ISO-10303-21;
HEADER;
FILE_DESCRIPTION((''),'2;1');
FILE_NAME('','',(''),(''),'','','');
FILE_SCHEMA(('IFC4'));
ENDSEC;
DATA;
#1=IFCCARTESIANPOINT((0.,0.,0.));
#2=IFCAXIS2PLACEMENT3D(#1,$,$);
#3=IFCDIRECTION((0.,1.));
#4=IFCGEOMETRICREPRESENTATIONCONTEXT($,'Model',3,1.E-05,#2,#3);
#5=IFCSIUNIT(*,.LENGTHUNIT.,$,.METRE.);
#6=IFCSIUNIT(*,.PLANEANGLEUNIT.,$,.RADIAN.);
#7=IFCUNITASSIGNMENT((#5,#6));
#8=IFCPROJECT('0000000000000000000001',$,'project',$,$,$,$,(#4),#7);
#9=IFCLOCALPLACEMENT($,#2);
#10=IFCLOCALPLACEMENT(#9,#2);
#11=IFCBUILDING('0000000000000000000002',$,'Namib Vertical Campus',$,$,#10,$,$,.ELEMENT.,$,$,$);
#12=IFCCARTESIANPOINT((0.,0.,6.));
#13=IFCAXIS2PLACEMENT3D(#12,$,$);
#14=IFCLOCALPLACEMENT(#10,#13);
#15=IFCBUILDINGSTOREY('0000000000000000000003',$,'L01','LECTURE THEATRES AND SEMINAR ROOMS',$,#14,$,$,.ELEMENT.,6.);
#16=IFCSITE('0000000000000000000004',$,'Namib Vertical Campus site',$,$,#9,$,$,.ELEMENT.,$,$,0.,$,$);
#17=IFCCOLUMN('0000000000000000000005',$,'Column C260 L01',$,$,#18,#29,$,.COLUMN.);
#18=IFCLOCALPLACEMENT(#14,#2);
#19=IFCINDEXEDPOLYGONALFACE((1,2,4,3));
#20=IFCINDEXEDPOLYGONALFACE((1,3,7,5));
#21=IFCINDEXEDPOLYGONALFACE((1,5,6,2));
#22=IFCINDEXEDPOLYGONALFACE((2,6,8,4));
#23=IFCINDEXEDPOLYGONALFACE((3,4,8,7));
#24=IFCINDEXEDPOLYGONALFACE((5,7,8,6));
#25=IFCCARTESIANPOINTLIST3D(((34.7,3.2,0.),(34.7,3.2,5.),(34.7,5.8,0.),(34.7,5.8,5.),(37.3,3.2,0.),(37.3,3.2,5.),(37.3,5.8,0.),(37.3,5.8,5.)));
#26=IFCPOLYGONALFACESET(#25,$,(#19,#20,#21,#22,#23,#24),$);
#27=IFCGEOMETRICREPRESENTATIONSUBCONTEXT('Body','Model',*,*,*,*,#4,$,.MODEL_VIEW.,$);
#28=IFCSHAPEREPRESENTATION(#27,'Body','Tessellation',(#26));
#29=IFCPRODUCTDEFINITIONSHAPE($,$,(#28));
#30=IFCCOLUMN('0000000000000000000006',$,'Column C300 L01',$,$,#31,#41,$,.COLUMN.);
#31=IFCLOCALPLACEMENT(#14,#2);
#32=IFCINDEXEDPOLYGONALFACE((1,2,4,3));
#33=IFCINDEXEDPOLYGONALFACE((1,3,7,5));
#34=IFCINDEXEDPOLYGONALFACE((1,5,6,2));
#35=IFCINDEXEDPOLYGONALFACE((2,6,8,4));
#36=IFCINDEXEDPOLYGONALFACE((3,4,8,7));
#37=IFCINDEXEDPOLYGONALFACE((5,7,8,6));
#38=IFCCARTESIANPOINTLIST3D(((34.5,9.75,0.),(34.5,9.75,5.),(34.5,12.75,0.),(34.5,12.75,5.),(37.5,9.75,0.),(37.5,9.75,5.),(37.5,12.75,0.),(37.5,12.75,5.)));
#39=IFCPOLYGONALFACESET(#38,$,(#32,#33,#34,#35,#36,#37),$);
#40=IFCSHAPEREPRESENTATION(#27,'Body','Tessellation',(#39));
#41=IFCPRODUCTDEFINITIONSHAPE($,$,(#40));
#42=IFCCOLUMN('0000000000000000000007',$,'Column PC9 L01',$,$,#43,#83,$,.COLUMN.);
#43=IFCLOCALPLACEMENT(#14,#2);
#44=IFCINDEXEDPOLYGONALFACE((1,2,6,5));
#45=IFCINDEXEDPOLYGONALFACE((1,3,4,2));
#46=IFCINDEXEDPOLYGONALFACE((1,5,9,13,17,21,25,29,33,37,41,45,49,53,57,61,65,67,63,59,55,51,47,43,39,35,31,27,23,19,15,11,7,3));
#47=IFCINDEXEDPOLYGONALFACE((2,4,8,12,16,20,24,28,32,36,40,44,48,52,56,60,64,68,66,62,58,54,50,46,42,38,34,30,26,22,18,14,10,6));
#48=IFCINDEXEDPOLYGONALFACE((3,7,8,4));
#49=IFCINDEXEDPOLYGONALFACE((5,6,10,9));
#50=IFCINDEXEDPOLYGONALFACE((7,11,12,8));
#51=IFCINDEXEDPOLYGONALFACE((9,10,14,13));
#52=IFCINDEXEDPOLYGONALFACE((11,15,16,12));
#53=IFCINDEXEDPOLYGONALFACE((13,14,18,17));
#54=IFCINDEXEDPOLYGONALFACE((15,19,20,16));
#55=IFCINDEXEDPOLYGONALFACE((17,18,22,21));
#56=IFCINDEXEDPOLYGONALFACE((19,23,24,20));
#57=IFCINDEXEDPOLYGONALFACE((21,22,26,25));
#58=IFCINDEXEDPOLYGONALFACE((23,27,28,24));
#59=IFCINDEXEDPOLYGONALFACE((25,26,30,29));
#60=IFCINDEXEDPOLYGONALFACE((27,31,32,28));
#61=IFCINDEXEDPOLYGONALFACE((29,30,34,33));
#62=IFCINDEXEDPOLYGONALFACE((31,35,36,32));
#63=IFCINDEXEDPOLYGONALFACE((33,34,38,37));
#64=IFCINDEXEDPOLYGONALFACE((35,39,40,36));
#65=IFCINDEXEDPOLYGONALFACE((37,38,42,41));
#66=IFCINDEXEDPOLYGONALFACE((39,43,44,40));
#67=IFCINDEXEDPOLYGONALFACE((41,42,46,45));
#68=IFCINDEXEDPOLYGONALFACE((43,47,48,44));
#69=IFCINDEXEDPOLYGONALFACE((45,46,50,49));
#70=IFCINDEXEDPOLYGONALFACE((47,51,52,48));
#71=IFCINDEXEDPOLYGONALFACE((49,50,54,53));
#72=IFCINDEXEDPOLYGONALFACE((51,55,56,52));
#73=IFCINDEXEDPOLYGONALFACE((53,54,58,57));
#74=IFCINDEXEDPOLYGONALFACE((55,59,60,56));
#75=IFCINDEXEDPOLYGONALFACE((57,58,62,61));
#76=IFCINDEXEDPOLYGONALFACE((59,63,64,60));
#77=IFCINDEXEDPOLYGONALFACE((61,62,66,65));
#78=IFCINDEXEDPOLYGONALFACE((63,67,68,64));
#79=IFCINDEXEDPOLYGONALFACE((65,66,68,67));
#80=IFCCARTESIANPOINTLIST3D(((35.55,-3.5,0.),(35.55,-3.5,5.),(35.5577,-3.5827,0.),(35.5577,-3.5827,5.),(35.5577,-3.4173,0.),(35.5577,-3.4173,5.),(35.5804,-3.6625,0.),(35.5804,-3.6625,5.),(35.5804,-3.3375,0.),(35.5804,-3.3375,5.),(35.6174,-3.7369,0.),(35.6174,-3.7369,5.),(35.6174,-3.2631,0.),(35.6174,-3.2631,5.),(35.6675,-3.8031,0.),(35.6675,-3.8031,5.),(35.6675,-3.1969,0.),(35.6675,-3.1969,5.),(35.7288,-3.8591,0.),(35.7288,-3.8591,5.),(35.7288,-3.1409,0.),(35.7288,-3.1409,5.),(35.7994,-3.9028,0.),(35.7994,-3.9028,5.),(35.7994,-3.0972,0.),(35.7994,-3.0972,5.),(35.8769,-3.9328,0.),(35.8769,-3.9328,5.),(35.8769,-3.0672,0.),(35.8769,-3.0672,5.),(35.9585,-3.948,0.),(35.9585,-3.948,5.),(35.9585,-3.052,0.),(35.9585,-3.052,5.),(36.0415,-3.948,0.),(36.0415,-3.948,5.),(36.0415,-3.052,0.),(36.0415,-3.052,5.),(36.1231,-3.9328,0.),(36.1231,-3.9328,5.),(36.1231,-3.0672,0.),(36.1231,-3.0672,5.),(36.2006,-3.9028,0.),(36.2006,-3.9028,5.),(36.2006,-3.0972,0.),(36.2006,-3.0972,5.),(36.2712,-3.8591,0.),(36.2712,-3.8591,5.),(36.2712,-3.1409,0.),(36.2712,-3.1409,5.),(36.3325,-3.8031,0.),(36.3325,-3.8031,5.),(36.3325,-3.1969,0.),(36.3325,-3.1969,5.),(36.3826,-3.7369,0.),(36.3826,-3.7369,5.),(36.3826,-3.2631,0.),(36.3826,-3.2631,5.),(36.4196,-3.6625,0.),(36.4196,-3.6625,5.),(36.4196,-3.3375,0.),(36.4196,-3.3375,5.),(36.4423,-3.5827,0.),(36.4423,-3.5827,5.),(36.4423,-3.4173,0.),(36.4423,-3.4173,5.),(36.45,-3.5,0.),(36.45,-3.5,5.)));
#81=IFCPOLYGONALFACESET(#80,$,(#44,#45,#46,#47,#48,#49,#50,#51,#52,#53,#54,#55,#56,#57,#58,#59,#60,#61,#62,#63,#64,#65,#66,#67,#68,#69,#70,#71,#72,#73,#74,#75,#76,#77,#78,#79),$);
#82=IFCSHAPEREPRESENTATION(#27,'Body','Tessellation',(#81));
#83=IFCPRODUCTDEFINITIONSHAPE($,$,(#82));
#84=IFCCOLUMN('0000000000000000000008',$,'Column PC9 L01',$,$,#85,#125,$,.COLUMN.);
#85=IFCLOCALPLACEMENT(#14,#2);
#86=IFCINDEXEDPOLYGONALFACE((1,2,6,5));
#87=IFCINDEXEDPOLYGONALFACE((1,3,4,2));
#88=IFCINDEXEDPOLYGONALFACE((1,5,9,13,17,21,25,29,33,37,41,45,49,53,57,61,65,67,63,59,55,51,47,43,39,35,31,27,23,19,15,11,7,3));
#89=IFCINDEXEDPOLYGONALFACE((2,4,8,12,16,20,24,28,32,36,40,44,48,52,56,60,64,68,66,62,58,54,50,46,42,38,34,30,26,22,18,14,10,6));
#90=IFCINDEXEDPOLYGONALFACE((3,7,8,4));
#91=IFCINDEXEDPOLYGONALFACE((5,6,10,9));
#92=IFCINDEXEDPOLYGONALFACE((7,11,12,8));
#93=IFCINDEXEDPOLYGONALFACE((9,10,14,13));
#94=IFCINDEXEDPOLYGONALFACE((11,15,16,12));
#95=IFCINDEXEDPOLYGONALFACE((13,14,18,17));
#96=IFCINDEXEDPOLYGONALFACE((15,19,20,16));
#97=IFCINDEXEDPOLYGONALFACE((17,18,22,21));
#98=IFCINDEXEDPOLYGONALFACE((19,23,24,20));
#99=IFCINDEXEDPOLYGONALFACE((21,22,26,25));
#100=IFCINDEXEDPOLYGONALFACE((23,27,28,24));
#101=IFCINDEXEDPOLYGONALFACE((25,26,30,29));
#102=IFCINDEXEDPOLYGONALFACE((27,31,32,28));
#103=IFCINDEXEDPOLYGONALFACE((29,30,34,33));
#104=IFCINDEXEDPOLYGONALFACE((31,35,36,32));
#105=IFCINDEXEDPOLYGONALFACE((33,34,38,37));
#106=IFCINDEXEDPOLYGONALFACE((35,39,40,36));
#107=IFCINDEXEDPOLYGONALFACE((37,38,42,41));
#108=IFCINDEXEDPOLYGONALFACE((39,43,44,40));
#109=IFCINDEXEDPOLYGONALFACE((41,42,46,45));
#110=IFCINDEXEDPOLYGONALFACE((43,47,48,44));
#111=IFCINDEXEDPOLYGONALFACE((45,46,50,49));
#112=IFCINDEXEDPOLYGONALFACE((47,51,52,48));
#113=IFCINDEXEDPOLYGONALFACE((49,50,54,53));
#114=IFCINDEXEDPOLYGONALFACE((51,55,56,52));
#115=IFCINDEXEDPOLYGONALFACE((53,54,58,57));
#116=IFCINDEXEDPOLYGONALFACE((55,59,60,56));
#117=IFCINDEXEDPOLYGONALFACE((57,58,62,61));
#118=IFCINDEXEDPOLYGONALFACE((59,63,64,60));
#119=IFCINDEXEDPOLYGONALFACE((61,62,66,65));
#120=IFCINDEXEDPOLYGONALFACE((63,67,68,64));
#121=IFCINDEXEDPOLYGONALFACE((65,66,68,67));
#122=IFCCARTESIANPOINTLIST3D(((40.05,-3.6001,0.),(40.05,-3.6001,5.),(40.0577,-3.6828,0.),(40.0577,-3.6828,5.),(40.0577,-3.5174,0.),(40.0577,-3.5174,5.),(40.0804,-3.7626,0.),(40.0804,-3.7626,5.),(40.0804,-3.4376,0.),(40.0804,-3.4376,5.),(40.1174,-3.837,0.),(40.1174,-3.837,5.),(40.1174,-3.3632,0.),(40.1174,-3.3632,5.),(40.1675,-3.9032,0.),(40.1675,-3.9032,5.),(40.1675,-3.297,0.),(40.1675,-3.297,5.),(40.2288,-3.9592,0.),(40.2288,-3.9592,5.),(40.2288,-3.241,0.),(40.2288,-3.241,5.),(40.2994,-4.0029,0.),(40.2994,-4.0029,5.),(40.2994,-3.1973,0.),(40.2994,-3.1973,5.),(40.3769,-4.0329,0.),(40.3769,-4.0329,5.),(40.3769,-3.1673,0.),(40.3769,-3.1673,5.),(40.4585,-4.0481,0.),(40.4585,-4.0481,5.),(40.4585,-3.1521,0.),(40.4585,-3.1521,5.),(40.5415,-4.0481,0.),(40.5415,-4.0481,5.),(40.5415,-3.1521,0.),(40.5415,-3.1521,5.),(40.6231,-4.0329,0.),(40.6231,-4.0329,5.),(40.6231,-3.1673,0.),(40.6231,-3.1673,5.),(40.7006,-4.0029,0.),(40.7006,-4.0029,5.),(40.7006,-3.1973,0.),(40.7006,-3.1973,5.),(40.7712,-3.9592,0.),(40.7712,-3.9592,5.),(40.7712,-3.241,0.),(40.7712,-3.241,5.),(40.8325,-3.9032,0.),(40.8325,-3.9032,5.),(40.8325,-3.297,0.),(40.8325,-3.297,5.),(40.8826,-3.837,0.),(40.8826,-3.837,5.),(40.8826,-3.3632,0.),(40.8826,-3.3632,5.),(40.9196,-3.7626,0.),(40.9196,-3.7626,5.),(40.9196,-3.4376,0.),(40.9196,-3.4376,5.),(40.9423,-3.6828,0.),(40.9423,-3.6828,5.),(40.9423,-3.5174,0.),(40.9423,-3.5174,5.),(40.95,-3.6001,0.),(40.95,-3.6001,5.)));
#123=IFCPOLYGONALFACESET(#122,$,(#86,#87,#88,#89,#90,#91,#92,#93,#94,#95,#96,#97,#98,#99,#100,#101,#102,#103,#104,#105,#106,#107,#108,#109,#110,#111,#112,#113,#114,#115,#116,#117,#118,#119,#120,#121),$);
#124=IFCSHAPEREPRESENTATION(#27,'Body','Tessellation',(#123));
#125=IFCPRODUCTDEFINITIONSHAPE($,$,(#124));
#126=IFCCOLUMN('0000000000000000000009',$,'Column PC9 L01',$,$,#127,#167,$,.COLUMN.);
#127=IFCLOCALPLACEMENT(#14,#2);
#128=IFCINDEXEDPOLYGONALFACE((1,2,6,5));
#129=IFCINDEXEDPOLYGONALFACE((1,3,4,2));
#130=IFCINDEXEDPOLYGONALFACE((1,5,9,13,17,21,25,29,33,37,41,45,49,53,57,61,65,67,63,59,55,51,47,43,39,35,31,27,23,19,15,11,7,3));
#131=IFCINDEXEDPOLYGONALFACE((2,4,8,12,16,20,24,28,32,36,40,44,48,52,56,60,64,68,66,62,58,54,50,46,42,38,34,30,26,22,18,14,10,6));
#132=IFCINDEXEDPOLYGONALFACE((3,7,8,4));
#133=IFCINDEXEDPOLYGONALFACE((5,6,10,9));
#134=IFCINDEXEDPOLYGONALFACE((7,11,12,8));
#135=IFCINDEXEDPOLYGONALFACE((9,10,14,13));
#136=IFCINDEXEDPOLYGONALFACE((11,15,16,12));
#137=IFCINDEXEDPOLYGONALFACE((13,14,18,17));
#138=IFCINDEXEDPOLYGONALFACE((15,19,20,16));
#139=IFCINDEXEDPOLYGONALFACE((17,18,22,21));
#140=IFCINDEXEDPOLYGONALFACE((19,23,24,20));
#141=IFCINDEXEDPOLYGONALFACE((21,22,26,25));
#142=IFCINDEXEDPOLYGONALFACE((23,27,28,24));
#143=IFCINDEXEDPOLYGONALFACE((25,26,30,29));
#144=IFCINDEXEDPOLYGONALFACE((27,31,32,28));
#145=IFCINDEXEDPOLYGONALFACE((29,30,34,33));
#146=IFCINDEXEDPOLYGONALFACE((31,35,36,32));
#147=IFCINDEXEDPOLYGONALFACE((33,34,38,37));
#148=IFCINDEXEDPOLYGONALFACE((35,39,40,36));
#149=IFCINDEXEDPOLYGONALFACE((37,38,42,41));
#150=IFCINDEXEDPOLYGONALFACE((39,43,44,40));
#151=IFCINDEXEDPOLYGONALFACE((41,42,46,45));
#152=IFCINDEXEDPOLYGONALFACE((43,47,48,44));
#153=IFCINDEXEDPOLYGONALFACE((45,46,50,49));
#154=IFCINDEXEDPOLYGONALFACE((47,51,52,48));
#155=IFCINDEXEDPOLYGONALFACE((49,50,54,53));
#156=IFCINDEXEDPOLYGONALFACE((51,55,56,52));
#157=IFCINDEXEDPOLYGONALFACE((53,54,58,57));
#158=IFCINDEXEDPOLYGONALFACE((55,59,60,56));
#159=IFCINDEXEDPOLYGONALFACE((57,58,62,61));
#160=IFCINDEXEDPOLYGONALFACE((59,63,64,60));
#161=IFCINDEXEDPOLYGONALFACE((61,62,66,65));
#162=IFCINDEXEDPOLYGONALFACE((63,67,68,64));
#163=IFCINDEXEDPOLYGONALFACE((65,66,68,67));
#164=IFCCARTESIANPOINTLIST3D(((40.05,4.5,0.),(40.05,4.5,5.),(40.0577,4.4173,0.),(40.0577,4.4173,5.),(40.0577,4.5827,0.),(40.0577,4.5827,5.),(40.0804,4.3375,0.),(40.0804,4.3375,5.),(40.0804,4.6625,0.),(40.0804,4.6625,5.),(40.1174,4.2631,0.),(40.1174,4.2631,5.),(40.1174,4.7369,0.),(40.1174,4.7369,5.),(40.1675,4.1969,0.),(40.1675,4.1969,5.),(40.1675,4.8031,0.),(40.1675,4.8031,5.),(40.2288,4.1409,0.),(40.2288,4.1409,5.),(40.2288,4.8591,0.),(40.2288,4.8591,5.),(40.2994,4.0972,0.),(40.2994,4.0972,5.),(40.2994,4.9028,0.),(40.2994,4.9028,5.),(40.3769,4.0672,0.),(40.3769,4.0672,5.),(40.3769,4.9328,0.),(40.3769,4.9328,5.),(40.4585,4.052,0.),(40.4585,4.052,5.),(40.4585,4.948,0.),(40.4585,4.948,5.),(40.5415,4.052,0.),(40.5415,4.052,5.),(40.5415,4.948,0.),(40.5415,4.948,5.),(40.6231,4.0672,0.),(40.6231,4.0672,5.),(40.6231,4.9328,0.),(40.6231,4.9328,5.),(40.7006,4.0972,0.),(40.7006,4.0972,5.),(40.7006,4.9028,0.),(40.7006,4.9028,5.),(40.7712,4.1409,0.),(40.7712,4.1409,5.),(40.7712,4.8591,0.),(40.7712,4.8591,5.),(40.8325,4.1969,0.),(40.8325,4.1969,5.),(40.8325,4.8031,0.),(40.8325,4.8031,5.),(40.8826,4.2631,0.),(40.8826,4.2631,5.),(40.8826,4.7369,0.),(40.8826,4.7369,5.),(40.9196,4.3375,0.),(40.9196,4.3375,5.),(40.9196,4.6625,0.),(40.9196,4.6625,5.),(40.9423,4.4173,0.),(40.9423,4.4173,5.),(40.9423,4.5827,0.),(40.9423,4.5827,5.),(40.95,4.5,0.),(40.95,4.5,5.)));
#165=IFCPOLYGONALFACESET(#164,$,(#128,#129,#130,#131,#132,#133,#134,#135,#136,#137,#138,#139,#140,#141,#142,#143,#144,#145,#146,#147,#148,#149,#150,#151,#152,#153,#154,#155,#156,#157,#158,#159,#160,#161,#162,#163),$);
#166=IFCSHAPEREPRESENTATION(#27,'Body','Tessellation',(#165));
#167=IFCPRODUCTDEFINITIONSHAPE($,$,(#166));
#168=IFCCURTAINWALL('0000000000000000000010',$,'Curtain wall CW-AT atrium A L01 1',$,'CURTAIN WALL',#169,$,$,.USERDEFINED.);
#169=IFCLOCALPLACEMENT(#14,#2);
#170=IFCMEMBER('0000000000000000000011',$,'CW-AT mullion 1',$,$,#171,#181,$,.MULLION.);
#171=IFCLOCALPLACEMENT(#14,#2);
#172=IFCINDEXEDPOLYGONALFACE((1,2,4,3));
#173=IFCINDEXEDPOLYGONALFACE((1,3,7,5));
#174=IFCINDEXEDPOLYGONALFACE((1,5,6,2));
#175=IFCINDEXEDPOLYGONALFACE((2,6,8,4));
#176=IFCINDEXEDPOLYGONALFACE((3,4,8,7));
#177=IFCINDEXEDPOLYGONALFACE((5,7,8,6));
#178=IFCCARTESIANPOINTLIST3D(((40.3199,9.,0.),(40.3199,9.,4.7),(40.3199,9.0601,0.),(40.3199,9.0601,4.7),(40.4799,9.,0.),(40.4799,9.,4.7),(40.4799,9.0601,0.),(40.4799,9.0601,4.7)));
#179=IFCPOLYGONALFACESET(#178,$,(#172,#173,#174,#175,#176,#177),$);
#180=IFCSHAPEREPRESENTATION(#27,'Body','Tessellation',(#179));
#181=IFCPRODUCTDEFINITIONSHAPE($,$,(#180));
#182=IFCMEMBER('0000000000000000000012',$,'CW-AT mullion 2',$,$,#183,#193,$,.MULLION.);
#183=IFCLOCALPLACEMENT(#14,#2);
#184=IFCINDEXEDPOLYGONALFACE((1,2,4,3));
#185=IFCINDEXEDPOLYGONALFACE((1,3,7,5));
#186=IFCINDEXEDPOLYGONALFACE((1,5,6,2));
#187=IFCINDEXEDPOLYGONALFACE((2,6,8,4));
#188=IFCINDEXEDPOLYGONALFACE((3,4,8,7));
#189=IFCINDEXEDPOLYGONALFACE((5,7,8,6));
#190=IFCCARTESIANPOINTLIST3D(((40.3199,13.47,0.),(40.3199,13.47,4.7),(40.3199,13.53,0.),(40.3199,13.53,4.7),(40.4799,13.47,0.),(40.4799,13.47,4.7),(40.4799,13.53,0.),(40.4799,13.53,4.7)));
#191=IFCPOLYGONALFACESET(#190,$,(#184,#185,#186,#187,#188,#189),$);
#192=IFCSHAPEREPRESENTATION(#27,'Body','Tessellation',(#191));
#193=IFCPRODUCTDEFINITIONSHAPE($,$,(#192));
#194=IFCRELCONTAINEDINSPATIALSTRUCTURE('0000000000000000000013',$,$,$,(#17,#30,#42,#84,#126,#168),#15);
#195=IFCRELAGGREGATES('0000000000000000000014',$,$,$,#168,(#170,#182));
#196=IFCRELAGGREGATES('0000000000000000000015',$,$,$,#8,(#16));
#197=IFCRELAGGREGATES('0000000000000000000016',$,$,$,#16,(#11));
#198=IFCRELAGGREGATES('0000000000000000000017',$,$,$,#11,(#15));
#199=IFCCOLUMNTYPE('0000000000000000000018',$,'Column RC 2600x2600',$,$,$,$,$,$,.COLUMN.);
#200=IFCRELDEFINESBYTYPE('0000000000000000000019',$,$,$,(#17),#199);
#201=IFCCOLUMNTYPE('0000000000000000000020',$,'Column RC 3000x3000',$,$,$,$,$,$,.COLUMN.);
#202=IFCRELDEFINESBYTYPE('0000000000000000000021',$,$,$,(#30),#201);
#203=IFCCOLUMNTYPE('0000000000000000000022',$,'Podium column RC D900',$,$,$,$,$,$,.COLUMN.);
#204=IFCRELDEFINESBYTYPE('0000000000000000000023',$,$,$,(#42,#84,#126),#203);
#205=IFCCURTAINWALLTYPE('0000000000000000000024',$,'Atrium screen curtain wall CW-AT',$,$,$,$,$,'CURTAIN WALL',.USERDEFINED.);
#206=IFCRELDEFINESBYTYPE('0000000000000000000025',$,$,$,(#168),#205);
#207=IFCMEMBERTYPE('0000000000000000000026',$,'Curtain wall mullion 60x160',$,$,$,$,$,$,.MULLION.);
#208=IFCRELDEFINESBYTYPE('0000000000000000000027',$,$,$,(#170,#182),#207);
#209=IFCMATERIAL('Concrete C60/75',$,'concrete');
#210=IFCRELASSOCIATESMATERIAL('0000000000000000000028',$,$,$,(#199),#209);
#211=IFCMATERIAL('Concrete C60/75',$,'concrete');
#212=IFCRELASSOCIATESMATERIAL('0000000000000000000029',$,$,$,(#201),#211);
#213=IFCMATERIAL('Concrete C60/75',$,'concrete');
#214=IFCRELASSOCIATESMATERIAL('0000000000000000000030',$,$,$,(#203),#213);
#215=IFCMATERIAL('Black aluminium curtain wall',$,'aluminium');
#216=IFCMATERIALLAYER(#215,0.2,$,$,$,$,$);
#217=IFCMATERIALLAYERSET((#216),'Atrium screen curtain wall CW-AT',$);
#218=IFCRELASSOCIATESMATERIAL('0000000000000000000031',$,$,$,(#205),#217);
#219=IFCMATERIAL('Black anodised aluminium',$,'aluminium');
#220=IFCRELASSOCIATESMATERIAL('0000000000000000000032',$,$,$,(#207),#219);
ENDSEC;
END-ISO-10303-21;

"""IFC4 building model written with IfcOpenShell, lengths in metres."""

from ifc_helpers import new_model, si_unit, direction, frame, origin, origin_2d, place, context, subcontext, project, spatial, rectangle, circle, extrude, material, layer, layer_set, material_profile, profile_set, type_object, element, aggregate, save


model = new_model("IFC4")

# Units and contexts
model_context = context("Model", 3, precision=1e-05, world=origin(), true_north=direction((0.0, 1.0)))
body_context = subcontext(model_context, "Body", "Model", "MODEL_VIEW")
ifc_project = project(units=[si_unit("LENGTHUNIT", "METRE"), si_unit("PLANEANGLEUNIT", "RADIAN")], contexts=[model_context])

# Site, building, storey
site_placement = place(None, origin())
site = spatial("IfcSite", under=ifc_project, at=site_placement, Name="Namib Vertical Campus site", CompositionType="ELEMENT", RefElevation=0.0)
building_placement = place(site_placement, origin())
building = spatial("IfcBuilding", under=site, at=building_placement, Name="Namib Vertical Campus", CompositionType="ELEMENT")
storey_placement = place(building_placement, frame((0.0, 0.0, 6.0)))
storey = spatial("IfcBuildingStorey", under=building, at=storey_placement, Name="L01", Description="LECTURE THEATRES AND SEMINAR ROOMS", CompositionType="ELEMENT", Elevation=6.0)

# Columns
ifc_material_1 = material(Name="Concrete C60/75", Category="concrete")
ifc_material_profile_1 = material_profile(ifc_material_1, rectangle(XDim=2.6001, YDim=2.6001, at=origin_2d()))
ifc_profile_set_1 = profile_set([ifc_material_profile_1], Name="Concrete C60/75")
column_type_1 = type_object("IfcColumnType", Name="Column RC 2600x2600", PredefinedType="COLUMN", material=ifc_profile_set_1)
column_1_placement = place(storey_placement, frame((36.0, 4.5, 0.0), z_axis=(0.0, 0.0, 1.0), x_axis=(1.0, 0.0, 0.0)))
element("IfcColumn", 1, at=column_1_placement, inside=storey, type_object=column_type_1, Name="Column C260 L01", PredefinedType="COLUMN", context=body_context, shape_type="SweptSolid", body=[
    extrude(rectangle(XDim=2.6001, YDim=2.6001, at=origin_2d()), origin(), (0.0, 0.0, 1.0), 5.0),
])
ifc_material_2 = material(Name="Concrete C60/75", Category="concrete")
ifc_material_profile_2 = material_profile(ifc_material_2, rectangle(XDim=3.0, YDim=3.0, at=origin_2d()))
ifc_profile_set_2 = profile_set([ifc_material_profile_2], Name="Concrete C60/75")
column_type_2 = type_object("IfcColumnType", Name="Column RC 3000x3000", PredefinedType="COLUMN", material=ifc_profile_set_2)
column_2_placement = place(storey_placement, frame((36.0, 11.25, 0.0), z_axis=(0.0, 0.0, 1.0), x_axis=(1.0, 0.0, 0.0)))
element("IfcColumn", 2, at=column_2_placement, inside=storey, type_object=column_type_2, Name="Column C300 L01", PredefinedType="COLUMN", context=body_context, shape_type="SweptSolid", body=[
    extrude(rectangle(XDim=3.0, YDim=3.0, at=origin_2d()), origin(), (0.0, 0.0, 1.0), 5.0),
])
ifc_material_3 = material(Name="Concrete C60/75", Category="concrete")
ifc_material_profile_3 = material_profile(ifc_material_3, circle(Radius=0.45, at=origin_2d()))
ifc_profile_set_3 = profile_set([ifc_material_profile_3], Name="Concrete C60/75")
column_type_3 = type_object("IfcColumnType", Name="Podium column RC D900", PredefinedType="COLUMN", material=ifc_profile_set_3)
for number, where, z_axis, x_axis, name in (
    (3, (36.0, -3.5, 0.0), (0.0, 0.0, 1.0), (1.0, 0.0, 0.0), "Column PC9 L01"),
    (4, (40.5, -3.6001, 0.0), (0.0, 0.0, 1.0), (1.0, 0.0, 0.0), "Column PC9 L01"),
    (5, (40.5, 4.5, 0.0), (0.0, 0.0, 1.0), (1.0, 0.0, 0.0), "Column PC9 L01"),
):
    element("IfcColumn", number, at=place(storey_placement, frame(where, z_axis=z_axis, x_axis=x_axis)), inside=storey, type_object=column_type_3, Name=name, PredefinedType="COLUMN", context=body_context, shape_type="SweptSolid", body=[
        extrude(circle(Radius=0.45, at=origin_2d()), origin(), (0.0, 0.0, 1.0), 5.0),
    ])

# Curtain wall, members
ifc_material_4 = material(Name="Black aluminium curtain wall", Category="aluminium")
ifc_layer_1 = layer(ifc_material_4, 0.2)
ifc_layer_set_1 = layer_set([ifc_layer_1], Name="Atrium screen curtain wall CW-AT")
curtain_wall_type = type_object("IfcCurtainWallType", Name="Atrium screen curtain wall CW-AT", ElementType="CURTAIN WALL", PredefinedType="USERDEFINED", material=ifc_layer_set_1)
curtain_wall_placement = place(storey_placement, origin())
curtain_wall = element("IfcCurtainWall", 6, at=curtain_wall_placement, inside=storey, type_object=curtain_wall_type, Name="Curtain wall CW-AT atrium A L01 1", ObjectType="CURTAIN WALL", PredefinedType="USERDEFINED")
ifc_material_5 = material(Name="Black anodised aluminium", Category="aluminium")
ifc_material_profile_4 = material_profile(ifc_material_5, rectangle(XDim=0.0601, YDim=0.1599, at=origin_2d()))
ifc_profile_set_4 = profile_set([ifc_material_profile_4], Name="Black anodised aluminium")
member_type_1 = type_object("IfcMemberType", Name="Curtain wall mullion 60x160", PredefinedType="MULLION", material=ifc_profile_set_4)
member_1_placement = place(storey_placement, frame((40.3999, 9.03, 0.0), z_axis=(0.0, 0.0, 1.0), x_axis=(0.0, 1.0, 0.0)))
member_1 = element("IfcMember", 7, at=member_1_placement, type_object=member_type_1, Name="CW-AT mullion 1", PredefinedType="MULLION", context=body_context, shape_type="SweptSolid", body=[
    extrude(rectangle(XDim=0.0601, YDim=0.1599, at=origin_2d()), origin(), (0.0, 0.0, 1.0), 4.7),
])
member_2_placement = place(storey_placement, frame((40.3999, 13.5, 0.0), z_axis=(0.0, 0.0, 1.0), x_axis=(0.0, 1.0, 0.0)))
member_2 = element("IfcMember", 8, at=member_2_placement, type_object=member_type_1, Name="CW-AT mullion 2", PredefinedType="MULLION", context=body_context, shape_type="SweptSolid", body=[
    extrude(rectangle(XDim=0.0601, YDim=0.1599, at=origin_2d()), origin(), (0.0, 0.0, 1.0), 4.7),
])

aggregate(curtain_wall, [member_1, member_2])

save(model, "model.ifc")
